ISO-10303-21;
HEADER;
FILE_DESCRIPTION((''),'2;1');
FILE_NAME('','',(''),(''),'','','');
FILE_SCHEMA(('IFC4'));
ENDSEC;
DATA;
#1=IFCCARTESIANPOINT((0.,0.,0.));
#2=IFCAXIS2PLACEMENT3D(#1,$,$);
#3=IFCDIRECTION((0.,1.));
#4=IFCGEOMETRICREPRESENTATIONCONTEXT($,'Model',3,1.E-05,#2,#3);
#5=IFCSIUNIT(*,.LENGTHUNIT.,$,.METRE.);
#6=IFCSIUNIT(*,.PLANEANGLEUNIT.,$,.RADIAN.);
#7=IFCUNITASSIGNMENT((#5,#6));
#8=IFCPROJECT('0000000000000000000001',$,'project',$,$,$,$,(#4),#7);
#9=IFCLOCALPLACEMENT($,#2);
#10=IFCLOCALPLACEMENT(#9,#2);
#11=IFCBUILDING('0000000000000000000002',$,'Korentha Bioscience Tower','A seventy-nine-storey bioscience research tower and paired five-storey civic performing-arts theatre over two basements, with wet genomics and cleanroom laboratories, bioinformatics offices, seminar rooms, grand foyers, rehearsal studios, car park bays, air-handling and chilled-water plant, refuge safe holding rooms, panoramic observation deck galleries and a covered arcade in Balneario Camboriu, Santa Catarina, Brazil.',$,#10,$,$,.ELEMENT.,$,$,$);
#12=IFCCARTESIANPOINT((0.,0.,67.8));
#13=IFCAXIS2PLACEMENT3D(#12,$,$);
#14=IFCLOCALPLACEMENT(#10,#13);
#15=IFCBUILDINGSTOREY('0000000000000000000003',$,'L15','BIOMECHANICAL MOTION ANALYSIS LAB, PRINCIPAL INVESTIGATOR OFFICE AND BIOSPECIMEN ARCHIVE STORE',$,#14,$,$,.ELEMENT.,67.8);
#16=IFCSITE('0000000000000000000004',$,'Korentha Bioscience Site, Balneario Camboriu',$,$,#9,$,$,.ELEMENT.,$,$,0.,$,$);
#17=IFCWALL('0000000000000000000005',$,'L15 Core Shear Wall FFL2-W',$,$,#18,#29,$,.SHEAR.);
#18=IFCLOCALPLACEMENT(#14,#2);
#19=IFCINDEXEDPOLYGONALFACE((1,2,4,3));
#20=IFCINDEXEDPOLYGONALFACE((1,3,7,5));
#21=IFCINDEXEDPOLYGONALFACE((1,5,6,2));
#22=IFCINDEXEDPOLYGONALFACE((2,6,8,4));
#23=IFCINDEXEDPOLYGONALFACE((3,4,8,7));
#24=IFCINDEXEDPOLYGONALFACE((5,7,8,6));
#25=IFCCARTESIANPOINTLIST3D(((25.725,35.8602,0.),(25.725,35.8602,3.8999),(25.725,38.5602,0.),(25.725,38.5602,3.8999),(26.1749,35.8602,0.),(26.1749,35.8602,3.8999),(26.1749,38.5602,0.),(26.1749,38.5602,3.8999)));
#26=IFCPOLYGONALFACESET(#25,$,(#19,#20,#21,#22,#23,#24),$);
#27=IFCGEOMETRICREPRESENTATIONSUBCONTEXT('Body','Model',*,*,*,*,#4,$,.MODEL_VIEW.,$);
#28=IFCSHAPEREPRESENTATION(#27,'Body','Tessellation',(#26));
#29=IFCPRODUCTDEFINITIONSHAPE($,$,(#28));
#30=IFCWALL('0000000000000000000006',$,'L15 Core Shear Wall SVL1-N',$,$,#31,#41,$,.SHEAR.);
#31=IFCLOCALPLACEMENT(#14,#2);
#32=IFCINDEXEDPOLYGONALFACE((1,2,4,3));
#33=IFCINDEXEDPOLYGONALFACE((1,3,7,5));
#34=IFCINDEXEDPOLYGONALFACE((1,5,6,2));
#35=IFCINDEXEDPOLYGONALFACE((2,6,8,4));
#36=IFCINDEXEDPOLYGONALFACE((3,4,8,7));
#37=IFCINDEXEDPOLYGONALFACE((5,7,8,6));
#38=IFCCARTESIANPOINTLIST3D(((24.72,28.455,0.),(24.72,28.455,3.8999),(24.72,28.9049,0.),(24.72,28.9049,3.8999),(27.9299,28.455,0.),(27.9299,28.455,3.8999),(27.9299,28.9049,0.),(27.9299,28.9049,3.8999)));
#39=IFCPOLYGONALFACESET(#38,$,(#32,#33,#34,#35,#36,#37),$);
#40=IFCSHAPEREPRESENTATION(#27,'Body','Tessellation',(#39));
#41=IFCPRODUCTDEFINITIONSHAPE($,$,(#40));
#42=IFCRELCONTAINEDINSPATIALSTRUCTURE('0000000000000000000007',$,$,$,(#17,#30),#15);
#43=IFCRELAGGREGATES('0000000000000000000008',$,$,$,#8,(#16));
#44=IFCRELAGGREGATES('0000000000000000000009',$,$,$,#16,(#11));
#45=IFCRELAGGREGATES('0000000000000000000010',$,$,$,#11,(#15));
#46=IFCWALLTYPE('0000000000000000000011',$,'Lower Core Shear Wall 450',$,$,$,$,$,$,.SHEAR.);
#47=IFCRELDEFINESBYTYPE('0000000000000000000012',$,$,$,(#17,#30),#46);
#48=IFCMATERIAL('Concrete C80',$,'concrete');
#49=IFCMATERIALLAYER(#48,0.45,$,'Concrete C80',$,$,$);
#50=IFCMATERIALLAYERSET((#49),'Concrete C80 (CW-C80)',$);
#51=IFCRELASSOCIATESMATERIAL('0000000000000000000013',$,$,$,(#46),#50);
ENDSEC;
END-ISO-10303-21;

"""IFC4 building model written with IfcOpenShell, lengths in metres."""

from ifc_helpers import new_model, si_unit, direction, frame, frame_2d, origin, place, context, subcontext, project, spatial, rectangle, extrude, material, layer, layer_set, type_object, element, save


model = new_model("IFC4")

# Units and contexts
model_context = context("Model", 3, precision=1e-05, world=origin(), true_north=direction((0.0, 1.0)))
body_context = subcontext(model_context, "Body", "Model", "MODEL_VIEW")
ifc_project = project(units=[si_unit("LENGTHUNIT", "METRE"), si_unit("PLANEANGLEUNIT", "RADIAN")], contexts=[model_context])

# Site, building, storey
site_placement = place(None, origin())
site = spatial("IfcSite", under=ifc_project, at=site_placement, Name="Korentha Bioscience Site, Balneario Camboriu", CompositionType="ELEMENT", RefElevation=0.0)
building_placement = place(site_placement, origin())
building = spatial("IfcBuilding", under=site, at=building_placement, Name="Korentha Bioscience Tower", Description="A seventy-nine-storey bioscience research tower and paired five-storey civic performing-arts theatre over two basements, with wet genomics and cleanroom laboratories, bioinformatics offices, seminar rooms, grand foyers, rehearsal studios, car park bays, air-handling and chilled-water plant, refuge safe holding rooms, panoramic observation deck galleries and a covered arcade in Balneario Camboriu, Santa Catarina, Brazil.", CompositionType="ELEMENT")
storey_placement = place(building_placement, frame((0.0, 0.0, 67.8)))
storey = spatial("IfcBuildingStorey", under=building, at=storey_placement, Name="L15", Description="BIOMECHANICAL MOTION ANALYSIS LAB, PRINCIPAL INVESTIGATOR OFFICE AND BIOSPECIMEN ARCHIVE STORE", CompositionType="ELEMENT", Elevation=67.8)

# Shared definitions
ifc_material_1 = material(Name="Concrete C80", Category="concrete")

# Shared definitions
ifc_layer_1 = layer(ifc_material_1, 0.45, Name="Concrete C80")
ifc_layer_set_1 = layer_set([ifc_layer_1], Name="Concrete C80 (CW-C80)")
wall_type_1 = type_object("IfcWallType", Name="Lower Core Shear Wall 450", PredefinedType="SHEAR", material=ifc_layer_set_1)

# Walls
wall_1_placement = place(storey_placement, frame((25.95, 35.8601, 0.0), z_axis=(0.0, 0.0, 1.0), x_axis=(0.0, 1.0, 0.0)))
element("IfcWall", 1, at=wall_1_placement, inside=storey, type_object=wall_type_1, Name="L15 Core Shear Wall FFL2-W", PredefinedType="SHEAR", context=body_context, shape_type="SweptSolid", body=[
    extrude(rectangle(XDim=2.7, YDim=0.45, at=frame_2d((1.3501, 0.0))), origin(), (0.0, 0.0, 1.0), 3.8999),
])
wall_2_placement = place(storey_placement, frame((24.72, 28.6799, 0.0), z_axis=(0.0, 0.0, 1.0), x_axis=(1.0, 0.0, 0.0)))
element("IfcWall", 2, at=wall_2_placement, inside=storey, type_object=wall_type_1, Name="L15 Core Shear Wall SVL1-N", PredefinedType="SHEAR", context=body_context, shape_type="SweptSolid", body=[
    extrude(rectangle(XDim=3.21, YDim=0.45, at=frame_2d((1.605, 0.0))), origin(), (0.0, 0.0, 1.0), 3.8999),
])

save(model, "model.ifc")
